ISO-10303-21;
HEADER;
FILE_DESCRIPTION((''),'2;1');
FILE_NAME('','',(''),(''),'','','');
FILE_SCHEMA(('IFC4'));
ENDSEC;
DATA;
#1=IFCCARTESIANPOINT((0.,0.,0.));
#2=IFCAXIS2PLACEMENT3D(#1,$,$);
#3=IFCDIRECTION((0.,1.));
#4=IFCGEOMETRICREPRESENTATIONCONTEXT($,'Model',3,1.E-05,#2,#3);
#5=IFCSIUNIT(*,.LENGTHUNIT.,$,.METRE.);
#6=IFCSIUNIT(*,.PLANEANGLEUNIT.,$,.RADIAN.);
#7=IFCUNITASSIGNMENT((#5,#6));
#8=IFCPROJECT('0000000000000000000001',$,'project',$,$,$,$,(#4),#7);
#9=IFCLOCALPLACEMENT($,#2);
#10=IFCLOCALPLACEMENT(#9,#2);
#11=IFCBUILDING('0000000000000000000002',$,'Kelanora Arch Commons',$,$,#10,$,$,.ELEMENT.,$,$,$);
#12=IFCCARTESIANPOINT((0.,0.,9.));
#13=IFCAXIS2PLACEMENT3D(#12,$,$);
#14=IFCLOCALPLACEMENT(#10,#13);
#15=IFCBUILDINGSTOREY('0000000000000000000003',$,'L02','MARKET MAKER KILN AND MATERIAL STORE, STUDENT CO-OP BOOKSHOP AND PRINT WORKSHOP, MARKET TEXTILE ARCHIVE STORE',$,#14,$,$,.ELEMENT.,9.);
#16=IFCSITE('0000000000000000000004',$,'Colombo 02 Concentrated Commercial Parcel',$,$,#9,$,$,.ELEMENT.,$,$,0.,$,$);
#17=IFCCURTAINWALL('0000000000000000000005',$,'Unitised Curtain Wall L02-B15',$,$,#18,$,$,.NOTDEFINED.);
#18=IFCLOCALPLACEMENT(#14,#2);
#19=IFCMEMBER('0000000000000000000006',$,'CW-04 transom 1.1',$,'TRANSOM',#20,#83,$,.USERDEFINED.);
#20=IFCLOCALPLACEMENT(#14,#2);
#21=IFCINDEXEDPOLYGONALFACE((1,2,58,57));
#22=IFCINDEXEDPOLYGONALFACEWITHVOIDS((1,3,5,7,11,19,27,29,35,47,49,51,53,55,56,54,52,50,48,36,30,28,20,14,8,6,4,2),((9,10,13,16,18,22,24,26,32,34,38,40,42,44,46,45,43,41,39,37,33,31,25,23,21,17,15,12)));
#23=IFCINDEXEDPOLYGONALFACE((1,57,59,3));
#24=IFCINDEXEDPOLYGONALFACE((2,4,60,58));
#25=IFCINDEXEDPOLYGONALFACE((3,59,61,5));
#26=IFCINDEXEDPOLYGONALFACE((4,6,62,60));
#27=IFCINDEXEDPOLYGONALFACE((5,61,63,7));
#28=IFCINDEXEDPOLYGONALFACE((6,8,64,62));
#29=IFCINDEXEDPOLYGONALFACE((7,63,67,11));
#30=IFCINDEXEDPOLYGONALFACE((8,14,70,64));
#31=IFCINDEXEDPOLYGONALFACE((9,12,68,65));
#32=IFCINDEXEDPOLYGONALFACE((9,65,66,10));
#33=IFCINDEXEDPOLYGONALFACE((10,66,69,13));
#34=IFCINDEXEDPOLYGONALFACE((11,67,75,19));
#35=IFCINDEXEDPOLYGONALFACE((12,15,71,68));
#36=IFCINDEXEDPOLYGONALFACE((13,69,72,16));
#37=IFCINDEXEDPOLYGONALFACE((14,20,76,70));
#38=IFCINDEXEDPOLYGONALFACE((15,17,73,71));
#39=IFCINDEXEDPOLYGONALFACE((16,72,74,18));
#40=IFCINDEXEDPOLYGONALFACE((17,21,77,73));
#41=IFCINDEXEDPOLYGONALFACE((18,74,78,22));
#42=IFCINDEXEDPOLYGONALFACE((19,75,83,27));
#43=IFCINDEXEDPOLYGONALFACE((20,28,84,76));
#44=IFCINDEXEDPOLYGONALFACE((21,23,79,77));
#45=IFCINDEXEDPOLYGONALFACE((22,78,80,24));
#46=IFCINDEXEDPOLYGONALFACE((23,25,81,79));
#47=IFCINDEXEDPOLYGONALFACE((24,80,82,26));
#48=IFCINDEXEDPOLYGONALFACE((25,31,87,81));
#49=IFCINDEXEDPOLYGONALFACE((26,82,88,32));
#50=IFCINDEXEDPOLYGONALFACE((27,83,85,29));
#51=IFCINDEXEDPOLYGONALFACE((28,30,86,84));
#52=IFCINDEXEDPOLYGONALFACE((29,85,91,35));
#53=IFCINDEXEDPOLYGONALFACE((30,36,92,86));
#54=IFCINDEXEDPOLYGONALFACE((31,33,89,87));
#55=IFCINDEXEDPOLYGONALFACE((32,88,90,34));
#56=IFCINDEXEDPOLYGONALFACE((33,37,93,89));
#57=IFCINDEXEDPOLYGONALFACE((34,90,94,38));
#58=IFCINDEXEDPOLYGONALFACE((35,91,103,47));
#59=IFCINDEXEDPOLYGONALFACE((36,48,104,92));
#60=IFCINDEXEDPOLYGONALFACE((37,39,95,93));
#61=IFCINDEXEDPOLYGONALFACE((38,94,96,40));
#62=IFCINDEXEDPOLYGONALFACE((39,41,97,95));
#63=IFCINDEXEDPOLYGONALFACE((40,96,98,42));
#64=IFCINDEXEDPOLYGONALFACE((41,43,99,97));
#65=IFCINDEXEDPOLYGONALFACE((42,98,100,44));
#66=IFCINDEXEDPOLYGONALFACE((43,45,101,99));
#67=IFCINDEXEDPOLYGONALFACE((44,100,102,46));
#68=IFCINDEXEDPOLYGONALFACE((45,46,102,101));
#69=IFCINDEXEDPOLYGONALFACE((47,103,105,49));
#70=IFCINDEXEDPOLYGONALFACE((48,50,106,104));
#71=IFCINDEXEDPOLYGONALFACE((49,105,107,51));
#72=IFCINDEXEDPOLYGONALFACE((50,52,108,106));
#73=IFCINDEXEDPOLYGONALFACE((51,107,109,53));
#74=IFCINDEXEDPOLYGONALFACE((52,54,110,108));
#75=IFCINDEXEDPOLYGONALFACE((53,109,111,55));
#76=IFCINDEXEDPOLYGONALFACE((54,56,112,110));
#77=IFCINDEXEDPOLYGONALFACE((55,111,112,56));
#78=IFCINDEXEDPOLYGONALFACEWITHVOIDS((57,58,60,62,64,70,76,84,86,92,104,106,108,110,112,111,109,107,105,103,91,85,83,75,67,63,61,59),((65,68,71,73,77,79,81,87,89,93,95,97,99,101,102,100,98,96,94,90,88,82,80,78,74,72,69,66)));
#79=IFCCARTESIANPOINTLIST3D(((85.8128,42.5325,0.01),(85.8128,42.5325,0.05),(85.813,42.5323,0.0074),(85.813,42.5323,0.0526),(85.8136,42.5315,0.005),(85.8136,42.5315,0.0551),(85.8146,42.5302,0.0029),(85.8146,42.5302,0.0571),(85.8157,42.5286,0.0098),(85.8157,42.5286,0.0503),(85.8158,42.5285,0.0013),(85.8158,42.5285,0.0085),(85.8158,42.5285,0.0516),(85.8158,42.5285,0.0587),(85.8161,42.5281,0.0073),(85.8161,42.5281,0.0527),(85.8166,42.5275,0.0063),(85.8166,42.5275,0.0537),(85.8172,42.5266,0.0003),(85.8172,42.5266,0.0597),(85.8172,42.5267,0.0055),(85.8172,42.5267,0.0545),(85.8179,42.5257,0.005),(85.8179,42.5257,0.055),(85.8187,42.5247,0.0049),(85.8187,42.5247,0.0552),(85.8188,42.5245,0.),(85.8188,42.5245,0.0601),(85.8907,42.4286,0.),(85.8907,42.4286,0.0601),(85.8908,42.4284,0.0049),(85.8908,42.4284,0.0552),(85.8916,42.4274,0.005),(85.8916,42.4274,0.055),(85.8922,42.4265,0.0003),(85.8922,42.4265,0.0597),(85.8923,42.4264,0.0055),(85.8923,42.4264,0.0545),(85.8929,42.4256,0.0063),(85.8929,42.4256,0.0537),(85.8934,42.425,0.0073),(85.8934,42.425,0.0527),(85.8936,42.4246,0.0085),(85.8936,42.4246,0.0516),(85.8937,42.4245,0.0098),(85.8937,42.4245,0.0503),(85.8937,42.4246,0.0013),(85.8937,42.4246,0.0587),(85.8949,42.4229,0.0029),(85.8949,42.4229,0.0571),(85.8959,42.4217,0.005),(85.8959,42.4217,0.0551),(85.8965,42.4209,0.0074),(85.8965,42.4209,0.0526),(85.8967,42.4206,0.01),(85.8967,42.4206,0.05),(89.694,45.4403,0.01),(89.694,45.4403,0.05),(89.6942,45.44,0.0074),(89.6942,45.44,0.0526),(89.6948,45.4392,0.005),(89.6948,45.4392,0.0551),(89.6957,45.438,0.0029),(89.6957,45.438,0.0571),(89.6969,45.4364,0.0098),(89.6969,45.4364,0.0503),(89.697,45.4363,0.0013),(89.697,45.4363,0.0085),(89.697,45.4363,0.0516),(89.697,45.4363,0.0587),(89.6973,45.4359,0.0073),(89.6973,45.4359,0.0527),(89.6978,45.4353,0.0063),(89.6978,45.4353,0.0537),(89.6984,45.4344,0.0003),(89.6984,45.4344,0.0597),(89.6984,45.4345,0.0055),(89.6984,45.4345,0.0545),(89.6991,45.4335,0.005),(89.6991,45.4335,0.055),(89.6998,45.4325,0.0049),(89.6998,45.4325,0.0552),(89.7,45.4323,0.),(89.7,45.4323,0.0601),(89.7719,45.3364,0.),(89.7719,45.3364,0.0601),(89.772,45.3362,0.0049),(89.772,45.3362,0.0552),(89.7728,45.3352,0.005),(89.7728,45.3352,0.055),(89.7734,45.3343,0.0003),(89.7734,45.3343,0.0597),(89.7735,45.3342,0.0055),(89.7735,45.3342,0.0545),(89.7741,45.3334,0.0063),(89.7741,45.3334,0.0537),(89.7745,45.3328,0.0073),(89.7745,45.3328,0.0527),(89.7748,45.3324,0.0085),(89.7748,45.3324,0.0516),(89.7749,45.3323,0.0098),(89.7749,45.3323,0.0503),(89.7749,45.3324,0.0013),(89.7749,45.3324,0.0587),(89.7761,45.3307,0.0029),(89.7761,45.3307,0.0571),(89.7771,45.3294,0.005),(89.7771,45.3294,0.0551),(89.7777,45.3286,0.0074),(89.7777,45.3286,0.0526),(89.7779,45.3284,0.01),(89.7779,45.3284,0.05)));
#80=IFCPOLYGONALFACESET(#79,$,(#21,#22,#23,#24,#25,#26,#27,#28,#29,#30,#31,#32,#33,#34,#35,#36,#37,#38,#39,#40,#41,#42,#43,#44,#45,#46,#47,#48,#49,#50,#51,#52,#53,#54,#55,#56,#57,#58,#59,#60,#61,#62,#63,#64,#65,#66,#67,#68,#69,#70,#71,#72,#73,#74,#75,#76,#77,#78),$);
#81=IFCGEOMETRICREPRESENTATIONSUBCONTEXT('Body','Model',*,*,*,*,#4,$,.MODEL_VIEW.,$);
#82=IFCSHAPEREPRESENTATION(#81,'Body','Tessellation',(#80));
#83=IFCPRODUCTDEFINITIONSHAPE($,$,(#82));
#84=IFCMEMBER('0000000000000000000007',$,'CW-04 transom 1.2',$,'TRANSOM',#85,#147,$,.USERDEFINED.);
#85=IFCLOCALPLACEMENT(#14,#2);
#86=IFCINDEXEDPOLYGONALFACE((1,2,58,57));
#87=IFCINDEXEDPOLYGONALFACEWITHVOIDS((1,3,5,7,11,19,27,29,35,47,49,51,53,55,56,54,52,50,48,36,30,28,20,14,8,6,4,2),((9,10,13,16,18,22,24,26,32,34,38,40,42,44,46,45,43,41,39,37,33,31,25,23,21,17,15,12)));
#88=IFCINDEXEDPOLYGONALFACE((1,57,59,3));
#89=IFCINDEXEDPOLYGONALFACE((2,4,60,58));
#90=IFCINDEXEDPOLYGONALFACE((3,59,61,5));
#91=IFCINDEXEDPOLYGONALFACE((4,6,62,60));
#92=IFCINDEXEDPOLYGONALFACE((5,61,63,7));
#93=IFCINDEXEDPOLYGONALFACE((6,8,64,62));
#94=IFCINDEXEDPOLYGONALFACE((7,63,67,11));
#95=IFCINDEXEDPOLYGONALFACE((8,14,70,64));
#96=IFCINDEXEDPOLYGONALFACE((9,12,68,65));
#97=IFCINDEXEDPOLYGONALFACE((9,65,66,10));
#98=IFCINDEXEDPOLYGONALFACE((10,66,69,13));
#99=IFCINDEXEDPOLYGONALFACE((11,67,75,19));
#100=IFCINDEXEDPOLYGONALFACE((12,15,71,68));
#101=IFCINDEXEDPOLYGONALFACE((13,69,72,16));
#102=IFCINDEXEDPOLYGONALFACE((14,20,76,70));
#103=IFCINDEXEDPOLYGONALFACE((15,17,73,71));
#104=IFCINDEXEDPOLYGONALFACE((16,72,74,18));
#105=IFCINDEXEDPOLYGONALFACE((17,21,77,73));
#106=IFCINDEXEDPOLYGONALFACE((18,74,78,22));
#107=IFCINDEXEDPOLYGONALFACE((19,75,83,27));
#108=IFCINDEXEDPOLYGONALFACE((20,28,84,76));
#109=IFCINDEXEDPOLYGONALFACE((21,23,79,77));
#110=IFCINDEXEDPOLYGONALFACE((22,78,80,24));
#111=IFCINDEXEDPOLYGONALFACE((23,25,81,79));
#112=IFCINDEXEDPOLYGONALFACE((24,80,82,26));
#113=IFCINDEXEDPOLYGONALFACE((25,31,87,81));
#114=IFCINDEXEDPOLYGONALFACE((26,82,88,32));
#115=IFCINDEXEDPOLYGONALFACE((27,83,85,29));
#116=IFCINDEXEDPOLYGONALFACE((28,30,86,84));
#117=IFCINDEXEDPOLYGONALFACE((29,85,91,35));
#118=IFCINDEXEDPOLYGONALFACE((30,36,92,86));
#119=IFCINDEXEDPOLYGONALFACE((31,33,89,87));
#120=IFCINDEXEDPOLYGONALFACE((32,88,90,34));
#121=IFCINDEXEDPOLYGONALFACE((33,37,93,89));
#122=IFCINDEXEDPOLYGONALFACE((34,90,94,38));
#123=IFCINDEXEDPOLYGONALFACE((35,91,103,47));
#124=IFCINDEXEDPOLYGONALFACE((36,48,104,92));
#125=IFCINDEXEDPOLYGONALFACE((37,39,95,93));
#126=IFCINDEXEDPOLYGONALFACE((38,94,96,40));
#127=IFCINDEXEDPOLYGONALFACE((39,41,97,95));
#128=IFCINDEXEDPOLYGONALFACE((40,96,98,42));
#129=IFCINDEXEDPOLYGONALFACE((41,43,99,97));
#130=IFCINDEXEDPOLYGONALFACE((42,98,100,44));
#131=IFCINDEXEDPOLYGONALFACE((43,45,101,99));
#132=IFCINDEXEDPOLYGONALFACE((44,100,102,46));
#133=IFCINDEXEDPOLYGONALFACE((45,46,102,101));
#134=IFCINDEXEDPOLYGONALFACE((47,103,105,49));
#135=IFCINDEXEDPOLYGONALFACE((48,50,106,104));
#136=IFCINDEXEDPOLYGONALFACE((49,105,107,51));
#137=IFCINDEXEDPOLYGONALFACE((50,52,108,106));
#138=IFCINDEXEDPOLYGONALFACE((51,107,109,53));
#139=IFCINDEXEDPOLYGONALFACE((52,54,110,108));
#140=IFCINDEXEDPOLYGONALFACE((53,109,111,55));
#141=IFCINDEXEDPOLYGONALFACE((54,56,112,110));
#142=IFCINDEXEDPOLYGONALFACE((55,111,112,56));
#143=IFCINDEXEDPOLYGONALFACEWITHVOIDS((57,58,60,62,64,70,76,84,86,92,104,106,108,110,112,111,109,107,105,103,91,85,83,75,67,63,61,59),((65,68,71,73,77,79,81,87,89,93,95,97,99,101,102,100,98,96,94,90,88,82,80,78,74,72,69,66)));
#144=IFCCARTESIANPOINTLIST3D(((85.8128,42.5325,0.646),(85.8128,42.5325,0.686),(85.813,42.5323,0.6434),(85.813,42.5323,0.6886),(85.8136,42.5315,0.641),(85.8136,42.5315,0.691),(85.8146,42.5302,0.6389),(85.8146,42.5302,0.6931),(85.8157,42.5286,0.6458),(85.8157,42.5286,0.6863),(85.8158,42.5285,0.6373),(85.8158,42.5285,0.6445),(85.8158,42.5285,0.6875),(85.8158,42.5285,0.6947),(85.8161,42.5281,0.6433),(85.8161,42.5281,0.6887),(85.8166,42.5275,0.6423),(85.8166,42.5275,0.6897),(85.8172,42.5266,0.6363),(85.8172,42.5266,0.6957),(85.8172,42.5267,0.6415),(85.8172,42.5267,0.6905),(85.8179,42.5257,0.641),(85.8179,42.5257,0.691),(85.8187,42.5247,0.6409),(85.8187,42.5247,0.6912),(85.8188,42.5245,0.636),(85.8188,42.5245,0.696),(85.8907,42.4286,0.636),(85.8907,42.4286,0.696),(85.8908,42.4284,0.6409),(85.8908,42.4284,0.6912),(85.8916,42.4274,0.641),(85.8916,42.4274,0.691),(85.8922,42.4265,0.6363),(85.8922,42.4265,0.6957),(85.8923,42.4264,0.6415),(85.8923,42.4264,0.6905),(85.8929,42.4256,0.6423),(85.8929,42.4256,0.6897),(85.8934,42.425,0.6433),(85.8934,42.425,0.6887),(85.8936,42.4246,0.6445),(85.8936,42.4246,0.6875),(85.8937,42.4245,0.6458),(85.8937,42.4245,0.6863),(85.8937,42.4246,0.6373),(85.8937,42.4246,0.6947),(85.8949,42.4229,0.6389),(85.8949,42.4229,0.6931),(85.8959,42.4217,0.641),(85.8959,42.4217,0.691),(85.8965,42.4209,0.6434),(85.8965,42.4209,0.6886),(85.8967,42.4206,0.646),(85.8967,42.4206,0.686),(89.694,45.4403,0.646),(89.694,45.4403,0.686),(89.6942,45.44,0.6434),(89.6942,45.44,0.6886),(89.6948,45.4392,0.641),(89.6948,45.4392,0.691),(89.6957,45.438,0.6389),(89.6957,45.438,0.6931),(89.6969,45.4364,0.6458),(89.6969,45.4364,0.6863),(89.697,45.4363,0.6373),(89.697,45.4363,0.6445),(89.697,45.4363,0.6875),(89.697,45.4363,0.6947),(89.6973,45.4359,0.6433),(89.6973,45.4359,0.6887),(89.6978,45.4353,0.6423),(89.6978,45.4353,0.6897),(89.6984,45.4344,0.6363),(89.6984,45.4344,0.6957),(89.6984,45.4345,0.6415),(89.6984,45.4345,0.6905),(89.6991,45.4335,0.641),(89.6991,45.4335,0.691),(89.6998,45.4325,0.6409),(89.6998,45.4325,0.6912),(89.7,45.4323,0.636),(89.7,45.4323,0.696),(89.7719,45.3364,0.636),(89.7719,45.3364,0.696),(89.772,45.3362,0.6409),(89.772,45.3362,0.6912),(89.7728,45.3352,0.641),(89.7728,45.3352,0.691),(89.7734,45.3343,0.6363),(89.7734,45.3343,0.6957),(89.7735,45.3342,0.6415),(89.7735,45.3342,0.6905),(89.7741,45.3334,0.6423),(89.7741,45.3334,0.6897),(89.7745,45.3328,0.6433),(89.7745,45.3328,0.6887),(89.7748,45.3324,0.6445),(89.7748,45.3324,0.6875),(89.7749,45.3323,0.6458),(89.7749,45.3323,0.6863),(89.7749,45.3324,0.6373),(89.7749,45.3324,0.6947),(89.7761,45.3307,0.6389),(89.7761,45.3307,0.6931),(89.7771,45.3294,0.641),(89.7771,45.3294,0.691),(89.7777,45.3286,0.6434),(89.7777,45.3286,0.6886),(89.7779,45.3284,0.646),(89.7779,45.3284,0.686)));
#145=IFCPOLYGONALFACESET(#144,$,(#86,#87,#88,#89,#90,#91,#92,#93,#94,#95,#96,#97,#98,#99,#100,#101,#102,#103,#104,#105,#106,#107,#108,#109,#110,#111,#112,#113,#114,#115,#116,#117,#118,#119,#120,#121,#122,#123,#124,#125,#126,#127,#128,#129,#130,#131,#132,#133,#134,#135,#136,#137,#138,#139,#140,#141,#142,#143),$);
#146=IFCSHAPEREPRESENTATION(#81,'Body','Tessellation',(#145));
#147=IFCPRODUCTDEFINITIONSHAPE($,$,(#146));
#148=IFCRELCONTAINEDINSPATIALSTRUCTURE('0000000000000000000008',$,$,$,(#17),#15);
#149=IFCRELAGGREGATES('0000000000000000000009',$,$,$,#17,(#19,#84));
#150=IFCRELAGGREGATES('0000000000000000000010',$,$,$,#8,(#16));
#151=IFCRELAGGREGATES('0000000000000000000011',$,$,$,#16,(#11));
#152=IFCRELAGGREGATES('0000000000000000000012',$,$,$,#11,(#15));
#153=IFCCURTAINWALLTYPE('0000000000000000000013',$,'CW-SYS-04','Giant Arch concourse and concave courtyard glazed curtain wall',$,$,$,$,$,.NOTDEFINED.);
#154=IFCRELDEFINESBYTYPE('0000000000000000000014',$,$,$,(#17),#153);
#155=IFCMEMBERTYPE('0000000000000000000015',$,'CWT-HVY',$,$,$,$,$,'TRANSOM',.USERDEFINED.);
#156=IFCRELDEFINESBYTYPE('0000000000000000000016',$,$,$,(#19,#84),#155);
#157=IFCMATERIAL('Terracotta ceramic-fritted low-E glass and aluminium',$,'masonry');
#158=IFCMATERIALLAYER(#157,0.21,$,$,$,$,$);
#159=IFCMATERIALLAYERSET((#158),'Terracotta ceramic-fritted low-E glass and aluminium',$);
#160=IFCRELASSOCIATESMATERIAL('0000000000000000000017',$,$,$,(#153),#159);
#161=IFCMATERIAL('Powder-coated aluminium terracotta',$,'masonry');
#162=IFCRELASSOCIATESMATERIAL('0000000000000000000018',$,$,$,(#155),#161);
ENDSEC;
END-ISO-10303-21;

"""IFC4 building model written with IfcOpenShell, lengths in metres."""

from ifc_helpers import new_model, si_unit, direction, frame, origin, origin_2d, place, context, subcontext, project, spatial, hollow_rectangle, extrude, material, layer, layer_set, material_profile, profile_set, type_object, element, aggregate, save


model = new_model("IFC4")

# Units and contexts
model_context = context("Model", 3, precision=1e-05, world=origin(), true_north=direction((0.0, 1.0)))
body_context = subcontext(model_context, "Body", "Model", "MODEL_VIEW")
ifc_project = project(units=[si_unit("LENGTHUNIT", "METRE"), si_unit("PLANEANGLEUNIT", "RADIAN")], contexts=[model_context])

# Site, building, storey
site_placement = place(None, origin())
site = spatial("IfcSite", under=ifc_project, at=site_placement, Name="Colombo 02 Concentrated Commercial Parcel", CompositionType="ELEMENT", RefElevation=0.0)
building_placement = place(site_placement, origin())
building = spatial("IfcBuilding", under=site, at=building_placement, Name="Kelanora Arch Commons", CompositionType="ELEMENT")
storey_placement = place(building_placement, frame((0.0, 0.0, 9.0)))
storey = spatial("IfcBuildingStorey", under=building, at=storey_placement, Name="L02", Description="MARKET MAKER KILN AND MATERIAL STORE, STUDENT CO-OP BOOKSHOP AND PRINT WORKSHOP, MARKET TEXTILE ARCHIVE STORE", CompositionType="ELEMENT", Elevation=9.0)

# Shared definitions
ifc_material_1 = material(Name="Terracotta ceramic-fritted low-E glass and aluminium", Category="masonry")
ifc_layer_1 = layer(ifc_material_1, 0.21)
ifc_layer_set_1 = layer_set([ifc_layer_1], Name="Terracotta ceramic-fritted low-E glass and aluminium")
curtain_wall_type = type_object("IfcCurtainWallType", Name="CW-SYS-04", Description="Giant Arch concourse and concave courtyard glazed curtain wall", PredefinedType="NOTDEFINED", material=ifc_layer_set_1)
ifc_material_2 = material(Name="Powder-coated aluminium terracotta", Category="masonry")

# Curtain wall
curtain_wall_1_placement = place(storey_placement, origin())
curtain_wall_1 = element("IfcCurtainWall", 1, at=curtain_wall_1_placement, inside=storey, type_object=curtain_wall_type, Name="Unitised Curtain Wall L02-B15", PredefinedType="NOTDEFINED")

# Members
ifc_material_profile_1 = material_profile(ifc_material_2, hollow_rectangle(XDim=0.1399, YDim=0.0601, WallThickness=0.0049, InnerFilletRadius=0.0049, OuterFilletRadius=0.01, at=origin_2d()), Name="CWT140x60")
ifc_profile_set_1 = profile_set([ifc_material_profile_1], Name="Powder-coated aluminium terracotta")
member_type_1 = type_object("IfcMemberType", Name="CWT-HVY", ElementType="TRANSOM", PredefinedType="USERDEFINED", material=ifc_profile_set_1)
member_1_placement = place(storey_placement, frame((85.8547, 42.4766, 0.03), z_axis=(0.800308, 0.599589, 0.0), x_axis=(-0.599589, 0.800308, 0.0)))
member_1 = element("IfcMember", 2, at=member_1_placement, type_object=member_type_1, Name="CW-04 transom 1.1", ObjectType="TRANSOM", PredefinedType="USERDEFINED", context=body_context, shape_type="SweptSolid", body=[
    extrude(hollow_rectangle(XDim=0.1399, YDim=0.0601, WallThickness=0.0049, InnerFilletRadius=0.0049, OuterFilletRadius=0.01, at=origin_2d()), origin(), (0.0, 0.0, 1.0), 4.8496),
])
member_2_placement = place(storey_placement, frame((85.8547, 42.4766, 0.666), z_axis=(0.800308, 0.599589, 0.0), x_axis=(-0.599589, 0.800308, 0.0)))
member_2 = element("IfcMember", 3, at=member_2_placement, type_object=member_type_1, Name="CW-04 transom 1.2", ObjectType="TRANSOM", PredefinedType="USERDEFINED", context=body_context, shape_type="SweptSolid", body=[
    extrude(hollow_rectangle(XDim=0.1399, YDim=0.0601, WallThickness=0.0049, InnerFilletRadius=0.0049, OuterFilletRadius=0.01, at=origin_2d()), origin(), (0.0, 0.0, 1.0), 4.8496),
])

aggregate(curtain_wall_1, [member_1, member_2])

save(model, "model.ifc")
